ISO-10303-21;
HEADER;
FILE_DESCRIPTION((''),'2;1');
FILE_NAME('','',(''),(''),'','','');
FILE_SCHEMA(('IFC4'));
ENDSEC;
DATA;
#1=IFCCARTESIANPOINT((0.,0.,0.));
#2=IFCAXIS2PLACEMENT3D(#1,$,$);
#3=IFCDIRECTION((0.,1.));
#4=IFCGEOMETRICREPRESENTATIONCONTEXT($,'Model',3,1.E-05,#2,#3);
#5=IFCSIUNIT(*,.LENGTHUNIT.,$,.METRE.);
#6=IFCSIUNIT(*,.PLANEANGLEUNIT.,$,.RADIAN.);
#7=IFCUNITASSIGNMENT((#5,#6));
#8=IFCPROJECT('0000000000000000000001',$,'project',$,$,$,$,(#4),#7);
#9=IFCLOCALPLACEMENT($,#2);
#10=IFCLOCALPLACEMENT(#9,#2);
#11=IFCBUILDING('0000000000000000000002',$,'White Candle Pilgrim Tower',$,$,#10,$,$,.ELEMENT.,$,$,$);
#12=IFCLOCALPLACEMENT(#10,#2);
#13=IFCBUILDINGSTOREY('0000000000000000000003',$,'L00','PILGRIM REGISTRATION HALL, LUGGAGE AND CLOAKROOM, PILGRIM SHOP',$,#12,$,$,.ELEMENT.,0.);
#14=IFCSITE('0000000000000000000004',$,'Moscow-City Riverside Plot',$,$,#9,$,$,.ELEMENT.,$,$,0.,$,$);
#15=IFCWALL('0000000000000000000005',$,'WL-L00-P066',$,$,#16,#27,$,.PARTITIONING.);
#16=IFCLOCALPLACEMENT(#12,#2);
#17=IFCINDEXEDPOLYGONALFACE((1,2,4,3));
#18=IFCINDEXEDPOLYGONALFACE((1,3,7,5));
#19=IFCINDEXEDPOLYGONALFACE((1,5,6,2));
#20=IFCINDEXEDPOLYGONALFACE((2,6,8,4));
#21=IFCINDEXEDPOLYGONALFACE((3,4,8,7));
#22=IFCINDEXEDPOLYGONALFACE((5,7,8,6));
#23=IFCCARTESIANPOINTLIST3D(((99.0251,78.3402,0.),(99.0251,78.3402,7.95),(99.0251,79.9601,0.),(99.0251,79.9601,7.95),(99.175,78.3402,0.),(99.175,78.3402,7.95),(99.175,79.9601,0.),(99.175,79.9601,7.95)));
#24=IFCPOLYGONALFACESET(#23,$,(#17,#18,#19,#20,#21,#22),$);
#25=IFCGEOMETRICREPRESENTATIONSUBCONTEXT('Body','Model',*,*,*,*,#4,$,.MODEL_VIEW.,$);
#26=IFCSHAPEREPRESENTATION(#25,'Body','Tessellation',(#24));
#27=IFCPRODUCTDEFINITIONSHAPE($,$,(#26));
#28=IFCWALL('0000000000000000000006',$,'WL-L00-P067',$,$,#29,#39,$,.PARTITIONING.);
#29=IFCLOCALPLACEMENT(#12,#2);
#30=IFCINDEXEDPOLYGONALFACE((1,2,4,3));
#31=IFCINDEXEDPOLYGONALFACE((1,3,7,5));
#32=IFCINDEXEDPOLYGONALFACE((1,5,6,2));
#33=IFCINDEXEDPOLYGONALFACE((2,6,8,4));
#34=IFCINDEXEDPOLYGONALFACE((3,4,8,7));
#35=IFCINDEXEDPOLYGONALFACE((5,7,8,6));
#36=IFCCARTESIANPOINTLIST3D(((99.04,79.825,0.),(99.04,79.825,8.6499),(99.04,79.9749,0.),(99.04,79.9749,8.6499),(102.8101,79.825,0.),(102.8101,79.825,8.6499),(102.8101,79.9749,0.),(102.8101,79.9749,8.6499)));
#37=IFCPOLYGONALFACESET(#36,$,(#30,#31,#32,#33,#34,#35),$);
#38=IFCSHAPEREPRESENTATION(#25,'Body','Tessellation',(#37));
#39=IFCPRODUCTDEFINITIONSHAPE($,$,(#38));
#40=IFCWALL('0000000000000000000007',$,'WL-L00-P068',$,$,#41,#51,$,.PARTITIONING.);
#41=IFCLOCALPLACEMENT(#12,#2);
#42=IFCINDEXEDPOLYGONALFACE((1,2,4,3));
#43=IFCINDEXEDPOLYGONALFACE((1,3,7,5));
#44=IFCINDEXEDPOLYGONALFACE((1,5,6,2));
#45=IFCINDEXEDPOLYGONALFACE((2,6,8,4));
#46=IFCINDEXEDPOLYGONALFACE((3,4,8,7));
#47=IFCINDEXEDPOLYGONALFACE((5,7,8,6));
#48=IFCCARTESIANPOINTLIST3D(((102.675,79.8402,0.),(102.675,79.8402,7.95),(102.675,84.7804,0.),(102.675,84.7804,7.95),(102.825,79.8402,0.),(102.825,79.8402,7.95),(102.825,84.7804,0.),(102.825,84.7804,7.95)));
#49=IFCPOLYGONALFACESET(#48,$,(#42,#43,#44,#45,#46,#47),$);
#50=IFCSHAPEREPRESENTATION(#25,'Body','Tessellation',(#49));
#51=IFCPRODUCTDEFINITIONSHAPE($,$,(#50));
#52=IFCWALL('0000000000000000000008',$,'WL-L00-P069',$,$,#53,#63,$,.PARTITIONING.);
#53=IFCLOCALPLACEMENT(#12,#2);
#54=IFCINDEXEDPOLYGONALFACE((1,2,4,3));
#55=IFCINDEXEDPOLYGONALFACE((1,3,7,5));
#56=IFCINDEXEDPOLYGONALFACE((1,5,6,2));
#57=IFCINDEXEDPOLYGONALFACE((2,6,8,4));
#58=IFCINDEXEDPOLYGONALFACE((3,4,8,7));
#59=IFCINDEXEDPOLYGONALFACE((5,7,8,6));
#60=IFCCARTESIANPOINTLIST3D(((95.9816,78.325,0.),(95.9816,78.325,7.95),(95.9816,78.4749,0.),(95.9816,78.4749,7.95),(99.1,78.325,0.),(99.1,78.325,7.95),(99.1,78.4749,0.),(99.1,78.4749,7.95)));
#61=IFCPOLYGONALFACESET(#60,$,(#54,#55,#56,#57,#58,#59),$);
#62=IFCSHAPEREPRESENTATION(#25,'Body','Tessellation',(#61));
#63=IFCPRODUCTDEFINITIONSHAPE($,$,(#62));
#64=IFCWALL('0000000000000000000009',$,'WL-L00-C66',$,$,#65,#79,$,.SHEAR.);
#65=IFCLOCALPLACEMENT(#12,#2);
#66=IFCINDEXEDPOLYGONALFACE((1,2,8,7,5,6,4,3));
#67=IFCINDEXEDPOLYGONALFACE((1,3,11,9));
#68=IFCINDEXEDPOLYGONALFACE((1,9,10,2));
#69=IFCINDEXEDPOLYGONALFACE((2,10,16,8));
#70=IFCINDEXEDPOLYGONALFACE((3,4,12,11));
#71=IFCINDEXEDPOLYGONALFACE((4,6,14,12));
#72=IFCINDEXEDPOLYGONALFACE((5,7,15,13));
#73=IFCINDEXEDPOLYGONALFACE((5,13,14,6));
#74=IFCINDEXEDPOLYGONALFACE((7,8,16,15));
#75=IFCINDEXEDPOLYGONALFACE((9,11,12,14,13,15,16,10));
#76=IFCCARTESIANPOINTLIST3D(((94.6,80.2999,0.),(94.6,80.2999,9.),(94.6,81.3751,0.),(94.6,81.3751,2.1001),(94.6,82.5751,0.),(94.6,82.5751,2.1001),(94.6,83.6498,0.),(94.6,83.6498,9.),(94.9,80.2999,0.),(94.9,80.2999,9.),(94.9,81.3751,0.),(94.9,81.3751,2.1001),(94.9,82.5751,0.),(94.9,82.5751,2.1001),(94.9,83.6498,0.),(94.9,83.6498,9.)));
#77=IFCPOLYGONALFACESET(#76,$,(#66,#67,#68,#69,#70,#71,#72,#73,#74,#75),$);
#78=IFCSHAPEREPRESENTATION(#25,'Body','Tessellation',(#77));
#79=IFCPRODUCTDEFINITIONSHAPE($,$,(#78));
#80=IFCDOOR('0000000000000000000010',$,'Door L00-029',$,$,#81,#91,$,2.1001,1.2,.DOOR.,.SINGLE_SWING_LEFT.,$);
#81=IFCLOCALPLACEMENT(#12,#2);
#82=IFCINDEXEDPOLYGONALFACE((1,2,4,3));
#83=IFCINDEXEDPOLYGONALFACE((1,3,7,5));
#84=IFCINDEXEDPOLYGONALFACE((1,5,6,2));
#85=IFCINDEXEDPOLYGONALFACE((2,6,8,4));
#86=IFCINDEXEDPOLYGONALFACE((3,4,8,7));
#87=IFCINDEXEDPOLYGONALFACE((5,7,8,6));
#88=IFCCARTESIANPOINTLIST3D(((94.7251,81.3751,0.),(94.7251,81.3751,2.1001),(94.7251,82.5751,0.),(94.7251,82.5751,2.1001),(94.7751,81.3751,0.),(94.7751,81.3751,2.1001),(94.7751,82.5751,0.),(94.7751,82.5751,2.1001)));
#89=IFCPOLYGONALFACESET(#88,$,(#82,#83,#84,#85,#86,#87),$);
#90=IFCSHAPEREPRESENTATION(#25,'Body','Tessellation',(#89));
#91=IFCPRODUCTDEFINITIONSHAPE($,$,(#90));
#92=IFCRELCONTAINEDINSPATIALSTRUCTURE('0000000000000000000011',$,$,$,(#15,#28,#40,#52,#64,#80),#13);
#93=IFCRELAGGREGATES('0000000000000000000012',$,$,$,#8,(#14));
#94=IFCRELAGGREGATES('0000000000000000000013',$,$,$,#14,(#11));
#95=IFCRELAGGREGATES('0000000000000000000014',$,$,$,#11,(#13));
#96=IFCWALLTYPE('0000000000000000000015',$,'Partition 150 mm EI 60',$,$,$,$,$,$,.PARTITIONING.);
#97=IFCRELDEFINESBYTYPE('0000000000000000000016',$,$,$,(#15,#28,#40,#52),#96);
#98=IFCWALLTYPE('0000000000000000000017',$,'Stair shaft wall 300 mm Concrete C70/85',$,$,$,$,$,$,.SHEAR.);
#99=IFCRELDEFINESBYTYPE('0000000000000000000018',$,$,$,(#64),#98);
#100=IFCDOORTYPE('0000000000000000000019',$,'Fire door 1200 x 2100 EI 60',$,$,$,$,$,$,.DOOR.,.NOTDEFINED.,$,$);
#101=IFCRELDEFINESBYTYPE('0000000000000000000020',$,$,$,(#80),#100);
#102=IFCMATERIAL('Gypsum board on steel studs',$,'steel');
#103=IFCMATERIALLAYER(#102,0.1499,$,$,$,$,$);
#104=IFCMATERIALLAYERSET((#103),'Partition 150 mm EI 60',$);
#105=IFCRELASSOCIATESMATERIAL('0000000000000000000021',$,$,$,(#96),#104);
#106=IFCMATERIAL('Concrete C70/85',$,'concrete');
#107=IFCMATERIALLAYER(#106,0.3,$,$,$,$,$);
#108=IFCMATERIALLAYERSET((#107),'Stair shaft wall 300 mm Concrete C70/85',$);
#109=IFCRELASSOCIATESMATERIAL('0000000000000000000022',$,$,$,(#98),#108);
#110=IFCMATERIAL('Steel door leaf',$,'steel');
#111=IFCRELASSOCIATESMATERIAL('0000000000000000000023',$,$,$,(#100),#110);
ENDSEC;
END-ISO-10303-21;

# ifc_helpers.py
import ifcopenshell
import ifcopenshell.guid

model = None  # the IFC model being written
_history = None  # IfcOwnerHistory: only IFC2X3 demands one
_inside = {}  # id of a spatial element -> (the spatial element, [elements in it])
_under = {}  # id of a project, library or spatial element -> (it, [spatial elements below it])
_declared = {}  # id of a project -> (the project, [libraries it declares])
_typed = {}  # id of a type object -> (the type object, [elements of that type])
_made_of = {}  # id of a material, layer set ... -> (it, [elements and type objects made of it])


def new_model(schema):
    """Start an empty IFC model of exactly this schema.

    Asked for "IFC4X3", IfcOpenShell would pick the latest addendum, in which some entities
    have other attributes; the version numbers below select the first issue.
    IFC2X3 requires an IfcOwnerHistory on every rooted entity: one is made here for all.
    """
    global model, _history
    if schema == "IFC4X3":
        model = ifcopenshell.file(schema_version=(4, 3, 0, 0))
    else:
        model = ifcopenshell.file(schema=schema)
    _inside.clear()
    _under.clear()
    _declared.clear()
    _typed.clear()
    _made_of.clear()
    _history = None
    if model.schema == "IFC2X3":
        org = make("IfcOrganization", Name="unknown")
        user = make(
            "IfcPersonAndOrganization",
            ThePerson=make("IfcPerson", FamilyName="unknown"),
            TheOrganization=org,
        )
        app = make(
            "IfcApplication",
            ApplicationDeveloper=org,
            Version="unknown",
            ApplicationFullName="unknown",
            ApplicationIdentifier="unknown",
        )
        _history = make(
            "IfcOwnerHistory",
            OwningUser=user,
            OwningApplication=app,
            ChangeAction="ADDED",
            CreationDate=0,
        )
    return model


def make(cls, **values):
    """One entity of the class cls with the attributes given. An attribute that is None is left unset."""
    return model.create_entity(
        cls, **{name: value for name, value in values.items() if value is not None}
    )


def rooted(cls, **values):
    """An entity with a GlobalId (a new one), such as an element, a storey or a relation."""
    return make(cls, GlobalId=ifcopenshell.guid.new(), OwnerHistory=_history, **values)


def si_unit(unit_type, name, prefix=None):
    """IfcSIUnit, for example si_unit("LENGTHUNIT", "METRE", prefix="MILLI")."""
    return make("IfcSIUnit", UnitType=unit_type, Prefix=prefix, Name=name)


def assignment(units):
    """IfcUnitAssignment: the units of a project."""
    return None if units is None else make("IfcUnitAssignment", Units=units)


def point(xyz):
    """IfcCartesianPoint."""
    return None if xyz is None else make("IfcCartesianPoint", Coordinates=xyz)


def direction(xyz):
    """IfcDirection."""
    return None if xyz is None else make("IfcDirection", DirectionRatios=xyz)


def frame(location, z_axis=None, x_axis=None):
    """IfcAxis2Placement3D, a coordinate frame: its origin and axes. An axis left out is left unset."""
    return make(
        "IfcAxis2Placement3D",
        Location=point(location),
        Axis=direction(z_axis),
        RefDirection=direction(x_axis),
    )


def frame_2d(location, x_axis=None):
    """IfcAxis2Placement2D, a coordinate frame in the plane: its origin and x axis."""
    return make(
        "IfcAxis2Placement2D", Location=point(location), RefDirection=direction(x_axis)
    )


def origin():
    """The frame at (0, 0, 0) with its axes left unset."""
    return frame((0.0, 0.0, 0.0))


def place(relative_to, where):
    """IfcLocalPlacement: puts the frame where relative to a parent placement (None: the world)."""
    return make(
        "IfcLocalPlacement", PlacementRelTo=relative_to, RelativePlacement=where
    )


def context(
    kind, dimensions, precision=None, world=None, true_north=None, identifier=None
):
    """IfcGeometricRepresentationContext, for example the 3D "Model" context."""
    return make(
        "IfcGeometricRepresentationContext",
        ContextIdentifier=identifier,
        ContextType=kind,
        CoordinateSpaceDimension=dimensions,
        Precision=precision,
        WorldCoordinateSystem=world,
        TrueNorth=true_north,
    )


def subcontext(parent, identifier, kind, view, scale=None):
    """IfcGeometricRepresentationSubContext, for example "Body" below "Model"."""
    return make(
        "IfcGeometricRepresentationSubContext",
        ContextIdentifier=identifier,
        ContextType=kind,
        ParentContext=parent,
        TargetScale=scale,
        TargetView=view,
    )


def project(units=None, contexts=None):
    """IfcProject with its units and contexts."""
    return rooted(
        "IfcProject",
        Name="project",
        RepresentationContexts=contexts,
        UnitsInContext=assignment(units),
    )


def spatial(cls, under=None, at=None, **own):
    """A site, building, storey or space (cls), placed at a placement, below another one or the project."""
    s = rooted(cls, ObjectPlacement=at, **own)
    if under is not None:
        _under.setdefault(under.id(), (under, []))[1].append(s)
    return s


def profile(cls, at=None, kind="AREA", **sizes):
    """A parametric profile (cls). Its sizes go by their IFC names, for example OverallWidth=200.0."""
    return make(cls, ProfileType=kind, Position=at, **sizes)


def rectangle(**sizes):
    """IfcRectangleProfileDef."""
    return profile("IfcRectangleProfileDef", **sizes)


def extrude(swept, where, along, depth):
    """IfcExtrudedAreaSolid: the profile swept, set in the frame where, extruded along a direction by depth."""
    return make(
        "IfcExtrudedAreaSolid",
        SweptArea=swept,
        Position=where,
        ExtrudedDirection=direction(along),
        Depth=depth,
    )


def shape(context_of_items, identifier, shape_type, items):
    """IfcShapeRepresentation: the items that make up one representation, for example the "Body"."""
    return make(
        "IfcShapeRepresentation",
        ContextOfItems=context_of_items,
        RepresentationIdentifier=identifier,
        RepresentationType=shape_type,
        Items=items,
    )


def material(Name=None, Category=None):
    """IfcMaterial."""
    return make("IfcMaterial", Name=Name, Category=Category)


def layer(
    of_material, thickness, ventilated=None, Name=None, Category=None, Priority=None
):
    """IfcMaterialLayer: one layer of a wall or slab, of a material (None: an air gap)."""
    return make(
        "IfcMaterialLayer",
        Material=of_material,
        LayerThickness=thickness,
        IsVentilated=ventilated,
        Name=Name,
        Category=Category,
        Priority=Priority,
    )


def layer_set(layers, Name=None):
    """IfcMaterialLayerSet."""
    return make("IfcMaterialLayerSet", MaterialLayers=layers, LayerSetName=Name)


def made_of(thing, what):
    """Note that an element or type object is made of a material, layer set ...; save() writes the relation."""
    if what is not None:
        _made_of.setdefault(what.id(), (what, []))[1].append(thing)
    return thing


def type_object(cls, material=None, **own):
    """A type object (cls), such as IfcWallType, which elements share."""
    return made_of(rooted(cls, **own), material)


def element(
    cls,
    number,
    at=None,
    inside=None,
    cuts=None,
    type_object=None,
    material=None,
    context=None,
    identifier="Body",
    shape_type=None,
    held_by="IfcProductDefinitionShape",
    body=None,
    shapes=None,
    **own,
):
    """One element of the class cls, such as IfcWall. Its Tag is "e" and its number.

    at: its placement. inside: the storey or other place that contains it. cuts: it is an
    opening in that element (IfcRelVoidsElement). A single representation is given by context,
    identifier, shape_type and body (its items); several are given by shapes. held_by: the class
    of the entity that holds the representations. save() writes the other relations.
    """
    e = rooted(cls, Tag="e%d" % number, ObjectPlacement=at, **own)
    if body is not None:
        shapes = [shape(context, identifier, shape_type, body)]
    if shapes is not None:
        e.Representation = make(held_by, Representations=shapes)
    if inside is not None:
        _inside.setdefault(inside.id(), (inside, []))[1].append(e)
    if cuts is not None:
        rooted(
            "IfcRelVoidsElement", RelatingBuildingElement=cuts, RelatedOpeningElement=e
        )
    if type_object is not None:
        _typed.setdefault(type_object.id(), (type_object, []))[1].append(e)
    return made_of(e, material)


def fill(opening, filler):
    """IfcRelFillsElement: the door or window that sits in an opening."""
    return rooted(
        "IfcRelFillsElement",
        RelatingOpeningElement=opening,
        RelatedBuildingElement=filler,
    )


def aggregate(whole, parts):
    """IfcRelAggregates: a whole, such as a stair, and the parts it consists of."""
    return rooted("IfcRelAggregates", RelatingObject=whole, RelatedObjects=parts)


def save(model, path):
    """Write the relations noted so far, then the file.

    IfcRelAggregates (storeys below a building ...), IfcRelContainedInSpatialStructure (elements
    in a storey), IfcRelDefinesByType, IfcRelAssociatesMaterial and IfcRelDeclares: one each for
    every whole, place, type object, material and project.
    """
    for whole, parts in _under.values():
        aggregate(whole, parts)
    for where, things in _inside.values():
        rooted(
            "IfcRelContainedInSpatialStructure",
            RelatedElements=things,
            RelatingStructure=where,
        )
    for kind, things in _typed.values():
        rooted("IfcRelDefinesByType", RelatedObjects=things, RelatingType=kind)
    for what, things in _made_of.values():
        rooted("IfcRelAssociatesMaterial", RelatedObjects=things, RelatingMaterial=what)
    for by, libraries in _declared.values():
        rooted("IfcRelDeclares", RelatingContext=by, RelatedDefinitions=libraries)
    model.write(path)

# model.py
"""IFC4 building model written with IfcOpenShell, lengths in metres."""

from ifc_helpers import new_model, si_unit, direction, frame, frame_2d, origin, place, context, subcontext, project, spatial, rectangle, extrude, material, layer, layer_set, type_object, element, fill, save


model = new_model("IFC4")

# Units and contexts
model_context = context("Model", 3, precision=1e-05, world=origin(), true_north=direction((0.0, 1.0)))
body_context = subcontext(model_context, "Body", "Model", "MODEL_VIEW")
ifc_project = project(units=[si_unit("LENGTHUNIT", "METRE"), si_unit("PLANEANGLEUNIT", "RADIAN")], contexts=[model_context])

# Site, building, storey
site_placement = place(None, origin())
site = spatial("IfcSite", under=ifc_project, at=site_placement, Name="Moscow-City Riverside Plot", CompositionType="ELEMENT", RefElevation=0.0)
building_placement = place(site_placement, origin())
building = spatial("IfcBuilding", under=site, at=building_placement, Name="White Candle Pilgrim Tower", CompositionType="ELEMENT")
storey_placement = place(building_placement, origin())
storey = spatial("IfcBuildingStorey", under=building, at=storey_placement, Name="L00", Description="PILGRIM REGISTRATION HALL, LUGGAGE AND CLOAKROOM, PILGRIM SHOP", CompositionType="ELEMENT", Elevation=0.0)

# Shared definitions
ifc_material_1 = material(Name="Concrete C70/85", Category="concrete")

# Shared definitions
ifc_material_2 = material(Name="Gypsum board on steel studs", Category="steel")
ifc_material_3 = material(Name="Steel door leaf", Category="steel")

# Walls
ifc_layer_1 = layer(ifc_material_2, 0.1499)
ifc_layer_set_1 = layer_set([ifc_layer_1], Name="Partition 150 mm EI 60")
wall_type_1 = type_object("IfcWallType", Name="Partition 150 mm EI 60", PredefinedType="PARTITIONING", material=ifc_layer_set_1)
wall_1_placement = place(storey_placement, frame((99.1001, 78.3401, 0.0), z_axis=(0.0, 0.0, 1.0), x_axis=(0.0, 1.0, 0.0)))
element("IfcWall", 1, at=wall_1_placement, inside=storey, type_object=wall_type_1, Name="WL-L00-P066", PredefinedType="PARTITIONING", context=body_context, shape_type="SweptSolid", body=[
    extrude(rectangle(XDim=1.6199, YDim=0.1499, at=frame_2d((0.8101, 0.0))), origin(), (0.0, 0.0, 1.0), 7.95),
])
wall_2_placement = place(storey_placement, frame((99.04, 79.8999, 0.0), z_axis=(0.0, 0.0, 1.0), x_axis=(1.0, 0.0, 0.0)))
element("IfcWall", 2, at=wall_2_placement, inside=storey, type_object=wall_type_1, Name="WL-L00-P067", PredefinedType="PARTITIONING", context=body_context, shape_type="SweptSolid", body=[
    extrude(rectangle(XDim=3.77, YDim=0.1499, at=frame_2d((1.885, 0.0))), origin(), (0.0, 0.0, 1.0), 8.6499),
])
wall_3_placement = place(storey_placement, frame((102.75, 79.8401, 0.0), z_axis=(0.0, 0.0, 1.0), x_axis=(0.0, 1.0, 0.0)))
element("IfcWall", 3, at=wall_3_placement, inside=storey, type_object=wall_type_1, Name="WL-L00-P068", PredefinedType="PARTITIONING", context=body_context, shape_type="SweptSolid", body=[
    extrude(rectangle(XDim=4.9402, YDim=0.1499, at=frame_2d((2.4702, 0.0))), origin(), (0.0, 0.0, 1.0), 7.95),
])
wall_4_placement = place(storey_placement, frame((95.9817, 78.3999, 0.0), z_axis=(0.0, 0.0, 1.0), x_axis=(1.0, 0.0, 0.0)))
element("IfcWall", 4, at=wall_4_placement, inside=storey, type_object=wall_type_1, Name="WL-L00-P069", PredefinedType="PARTITIONING", context=body_context, shape_type="SweptSolid", body=[
    extrude(rectangle(XDim=3.1184, YDim=0.1499, at=frame_2d((1.5591, 0.0))), origin(), (0.0, 0.0, 1.0), 7.95),
])

# Wall, opening, door
ifc_layer_2 = layer(ifc_material_1, 0.3)
ifc_layer_set_2 = layer_set([ifc_layer_2], Name="Stair shaft wall 300 mm Concrete C70/85")
wall_type_2 = type_object("IfcWallType", Name="Stair shaft wall 300 mm Concrete C70/85", PredefinedType="SHEAR", material=ifc_layer_set_2)
wall_5_placement = place(storey_placement, frame((94.75, 80.3, 0.0), z_axis=(0.0, 0.0, 1.0), x_axis=(0.0, 1.0, 0.0)))
wall_5 = element("IfcWall", 5, at=wall_5_placement, inside=storey, type_object=wall_type_2, Name="WL-L00-C66", PredefinedType="SHEAR", context=body_context, shape_type="SweptSolid", body=[
    extrude(rectangle(XDim=3.3499, YDim=0.3, at=frame_2d((1.6748, 0.0))), origin(), (0.0, 0.0, 1.0), 9.0),
])
opening_1_placement = place(wall_5_placement, frame((1.075, 0.0, 0.0)))
opening_1 = element("IfcOpeningElement", 6, at=opening_1_placement, cuts=wall_5, PredefinedType="OPENING", context=body_context, shape_type="SweptSolid", body=[
    extrude(rectangle(XDim=1.2, YDim=2.1001, at=frame_2d((0.6001, 1.05))), frame((0.0, 0.1599, 0.0), z_axis=(0.0, -1.0, 0.0), x_axis=(1.0, 0.0, 0.0)), (0.0, 0.0, 1.0), 0.3201),
])
door_type_1 = type_object("IfcDoorType", Name="Fire door 1200 x 2100 EI 60", OperationType="NOTDEFINED", PredefinedType="DOOR", material=ifc_material_3)
door_1_placement = place(opening_1_placement, origin())
door_1 = element("IfcDoor", 7, at=door_1_placement, inside=storey, type_object=door_type_1, Name="Door L00-029", OperationType="SINGLE_SWING_LEFT", OverallHeight=2.1001, OverallWidth=1.2, PredefinedType="DOOR", context=body_context, shape_type="SweptSolid", body=[
    extrude(rectangle(XDim=1.2, YDim=2.1001, at=frame_2d((0.6001, 1.05))), frame((0.0, 0.0249, 0.0), z_axis=(0.0, -1.0, 0.0), x_axis=(1.0, 0.0, 0.0)), (0.0, 0.0, 1.0), 0.05),
])
fill(opening_1, door_1)

save(model, "model.ifc")
